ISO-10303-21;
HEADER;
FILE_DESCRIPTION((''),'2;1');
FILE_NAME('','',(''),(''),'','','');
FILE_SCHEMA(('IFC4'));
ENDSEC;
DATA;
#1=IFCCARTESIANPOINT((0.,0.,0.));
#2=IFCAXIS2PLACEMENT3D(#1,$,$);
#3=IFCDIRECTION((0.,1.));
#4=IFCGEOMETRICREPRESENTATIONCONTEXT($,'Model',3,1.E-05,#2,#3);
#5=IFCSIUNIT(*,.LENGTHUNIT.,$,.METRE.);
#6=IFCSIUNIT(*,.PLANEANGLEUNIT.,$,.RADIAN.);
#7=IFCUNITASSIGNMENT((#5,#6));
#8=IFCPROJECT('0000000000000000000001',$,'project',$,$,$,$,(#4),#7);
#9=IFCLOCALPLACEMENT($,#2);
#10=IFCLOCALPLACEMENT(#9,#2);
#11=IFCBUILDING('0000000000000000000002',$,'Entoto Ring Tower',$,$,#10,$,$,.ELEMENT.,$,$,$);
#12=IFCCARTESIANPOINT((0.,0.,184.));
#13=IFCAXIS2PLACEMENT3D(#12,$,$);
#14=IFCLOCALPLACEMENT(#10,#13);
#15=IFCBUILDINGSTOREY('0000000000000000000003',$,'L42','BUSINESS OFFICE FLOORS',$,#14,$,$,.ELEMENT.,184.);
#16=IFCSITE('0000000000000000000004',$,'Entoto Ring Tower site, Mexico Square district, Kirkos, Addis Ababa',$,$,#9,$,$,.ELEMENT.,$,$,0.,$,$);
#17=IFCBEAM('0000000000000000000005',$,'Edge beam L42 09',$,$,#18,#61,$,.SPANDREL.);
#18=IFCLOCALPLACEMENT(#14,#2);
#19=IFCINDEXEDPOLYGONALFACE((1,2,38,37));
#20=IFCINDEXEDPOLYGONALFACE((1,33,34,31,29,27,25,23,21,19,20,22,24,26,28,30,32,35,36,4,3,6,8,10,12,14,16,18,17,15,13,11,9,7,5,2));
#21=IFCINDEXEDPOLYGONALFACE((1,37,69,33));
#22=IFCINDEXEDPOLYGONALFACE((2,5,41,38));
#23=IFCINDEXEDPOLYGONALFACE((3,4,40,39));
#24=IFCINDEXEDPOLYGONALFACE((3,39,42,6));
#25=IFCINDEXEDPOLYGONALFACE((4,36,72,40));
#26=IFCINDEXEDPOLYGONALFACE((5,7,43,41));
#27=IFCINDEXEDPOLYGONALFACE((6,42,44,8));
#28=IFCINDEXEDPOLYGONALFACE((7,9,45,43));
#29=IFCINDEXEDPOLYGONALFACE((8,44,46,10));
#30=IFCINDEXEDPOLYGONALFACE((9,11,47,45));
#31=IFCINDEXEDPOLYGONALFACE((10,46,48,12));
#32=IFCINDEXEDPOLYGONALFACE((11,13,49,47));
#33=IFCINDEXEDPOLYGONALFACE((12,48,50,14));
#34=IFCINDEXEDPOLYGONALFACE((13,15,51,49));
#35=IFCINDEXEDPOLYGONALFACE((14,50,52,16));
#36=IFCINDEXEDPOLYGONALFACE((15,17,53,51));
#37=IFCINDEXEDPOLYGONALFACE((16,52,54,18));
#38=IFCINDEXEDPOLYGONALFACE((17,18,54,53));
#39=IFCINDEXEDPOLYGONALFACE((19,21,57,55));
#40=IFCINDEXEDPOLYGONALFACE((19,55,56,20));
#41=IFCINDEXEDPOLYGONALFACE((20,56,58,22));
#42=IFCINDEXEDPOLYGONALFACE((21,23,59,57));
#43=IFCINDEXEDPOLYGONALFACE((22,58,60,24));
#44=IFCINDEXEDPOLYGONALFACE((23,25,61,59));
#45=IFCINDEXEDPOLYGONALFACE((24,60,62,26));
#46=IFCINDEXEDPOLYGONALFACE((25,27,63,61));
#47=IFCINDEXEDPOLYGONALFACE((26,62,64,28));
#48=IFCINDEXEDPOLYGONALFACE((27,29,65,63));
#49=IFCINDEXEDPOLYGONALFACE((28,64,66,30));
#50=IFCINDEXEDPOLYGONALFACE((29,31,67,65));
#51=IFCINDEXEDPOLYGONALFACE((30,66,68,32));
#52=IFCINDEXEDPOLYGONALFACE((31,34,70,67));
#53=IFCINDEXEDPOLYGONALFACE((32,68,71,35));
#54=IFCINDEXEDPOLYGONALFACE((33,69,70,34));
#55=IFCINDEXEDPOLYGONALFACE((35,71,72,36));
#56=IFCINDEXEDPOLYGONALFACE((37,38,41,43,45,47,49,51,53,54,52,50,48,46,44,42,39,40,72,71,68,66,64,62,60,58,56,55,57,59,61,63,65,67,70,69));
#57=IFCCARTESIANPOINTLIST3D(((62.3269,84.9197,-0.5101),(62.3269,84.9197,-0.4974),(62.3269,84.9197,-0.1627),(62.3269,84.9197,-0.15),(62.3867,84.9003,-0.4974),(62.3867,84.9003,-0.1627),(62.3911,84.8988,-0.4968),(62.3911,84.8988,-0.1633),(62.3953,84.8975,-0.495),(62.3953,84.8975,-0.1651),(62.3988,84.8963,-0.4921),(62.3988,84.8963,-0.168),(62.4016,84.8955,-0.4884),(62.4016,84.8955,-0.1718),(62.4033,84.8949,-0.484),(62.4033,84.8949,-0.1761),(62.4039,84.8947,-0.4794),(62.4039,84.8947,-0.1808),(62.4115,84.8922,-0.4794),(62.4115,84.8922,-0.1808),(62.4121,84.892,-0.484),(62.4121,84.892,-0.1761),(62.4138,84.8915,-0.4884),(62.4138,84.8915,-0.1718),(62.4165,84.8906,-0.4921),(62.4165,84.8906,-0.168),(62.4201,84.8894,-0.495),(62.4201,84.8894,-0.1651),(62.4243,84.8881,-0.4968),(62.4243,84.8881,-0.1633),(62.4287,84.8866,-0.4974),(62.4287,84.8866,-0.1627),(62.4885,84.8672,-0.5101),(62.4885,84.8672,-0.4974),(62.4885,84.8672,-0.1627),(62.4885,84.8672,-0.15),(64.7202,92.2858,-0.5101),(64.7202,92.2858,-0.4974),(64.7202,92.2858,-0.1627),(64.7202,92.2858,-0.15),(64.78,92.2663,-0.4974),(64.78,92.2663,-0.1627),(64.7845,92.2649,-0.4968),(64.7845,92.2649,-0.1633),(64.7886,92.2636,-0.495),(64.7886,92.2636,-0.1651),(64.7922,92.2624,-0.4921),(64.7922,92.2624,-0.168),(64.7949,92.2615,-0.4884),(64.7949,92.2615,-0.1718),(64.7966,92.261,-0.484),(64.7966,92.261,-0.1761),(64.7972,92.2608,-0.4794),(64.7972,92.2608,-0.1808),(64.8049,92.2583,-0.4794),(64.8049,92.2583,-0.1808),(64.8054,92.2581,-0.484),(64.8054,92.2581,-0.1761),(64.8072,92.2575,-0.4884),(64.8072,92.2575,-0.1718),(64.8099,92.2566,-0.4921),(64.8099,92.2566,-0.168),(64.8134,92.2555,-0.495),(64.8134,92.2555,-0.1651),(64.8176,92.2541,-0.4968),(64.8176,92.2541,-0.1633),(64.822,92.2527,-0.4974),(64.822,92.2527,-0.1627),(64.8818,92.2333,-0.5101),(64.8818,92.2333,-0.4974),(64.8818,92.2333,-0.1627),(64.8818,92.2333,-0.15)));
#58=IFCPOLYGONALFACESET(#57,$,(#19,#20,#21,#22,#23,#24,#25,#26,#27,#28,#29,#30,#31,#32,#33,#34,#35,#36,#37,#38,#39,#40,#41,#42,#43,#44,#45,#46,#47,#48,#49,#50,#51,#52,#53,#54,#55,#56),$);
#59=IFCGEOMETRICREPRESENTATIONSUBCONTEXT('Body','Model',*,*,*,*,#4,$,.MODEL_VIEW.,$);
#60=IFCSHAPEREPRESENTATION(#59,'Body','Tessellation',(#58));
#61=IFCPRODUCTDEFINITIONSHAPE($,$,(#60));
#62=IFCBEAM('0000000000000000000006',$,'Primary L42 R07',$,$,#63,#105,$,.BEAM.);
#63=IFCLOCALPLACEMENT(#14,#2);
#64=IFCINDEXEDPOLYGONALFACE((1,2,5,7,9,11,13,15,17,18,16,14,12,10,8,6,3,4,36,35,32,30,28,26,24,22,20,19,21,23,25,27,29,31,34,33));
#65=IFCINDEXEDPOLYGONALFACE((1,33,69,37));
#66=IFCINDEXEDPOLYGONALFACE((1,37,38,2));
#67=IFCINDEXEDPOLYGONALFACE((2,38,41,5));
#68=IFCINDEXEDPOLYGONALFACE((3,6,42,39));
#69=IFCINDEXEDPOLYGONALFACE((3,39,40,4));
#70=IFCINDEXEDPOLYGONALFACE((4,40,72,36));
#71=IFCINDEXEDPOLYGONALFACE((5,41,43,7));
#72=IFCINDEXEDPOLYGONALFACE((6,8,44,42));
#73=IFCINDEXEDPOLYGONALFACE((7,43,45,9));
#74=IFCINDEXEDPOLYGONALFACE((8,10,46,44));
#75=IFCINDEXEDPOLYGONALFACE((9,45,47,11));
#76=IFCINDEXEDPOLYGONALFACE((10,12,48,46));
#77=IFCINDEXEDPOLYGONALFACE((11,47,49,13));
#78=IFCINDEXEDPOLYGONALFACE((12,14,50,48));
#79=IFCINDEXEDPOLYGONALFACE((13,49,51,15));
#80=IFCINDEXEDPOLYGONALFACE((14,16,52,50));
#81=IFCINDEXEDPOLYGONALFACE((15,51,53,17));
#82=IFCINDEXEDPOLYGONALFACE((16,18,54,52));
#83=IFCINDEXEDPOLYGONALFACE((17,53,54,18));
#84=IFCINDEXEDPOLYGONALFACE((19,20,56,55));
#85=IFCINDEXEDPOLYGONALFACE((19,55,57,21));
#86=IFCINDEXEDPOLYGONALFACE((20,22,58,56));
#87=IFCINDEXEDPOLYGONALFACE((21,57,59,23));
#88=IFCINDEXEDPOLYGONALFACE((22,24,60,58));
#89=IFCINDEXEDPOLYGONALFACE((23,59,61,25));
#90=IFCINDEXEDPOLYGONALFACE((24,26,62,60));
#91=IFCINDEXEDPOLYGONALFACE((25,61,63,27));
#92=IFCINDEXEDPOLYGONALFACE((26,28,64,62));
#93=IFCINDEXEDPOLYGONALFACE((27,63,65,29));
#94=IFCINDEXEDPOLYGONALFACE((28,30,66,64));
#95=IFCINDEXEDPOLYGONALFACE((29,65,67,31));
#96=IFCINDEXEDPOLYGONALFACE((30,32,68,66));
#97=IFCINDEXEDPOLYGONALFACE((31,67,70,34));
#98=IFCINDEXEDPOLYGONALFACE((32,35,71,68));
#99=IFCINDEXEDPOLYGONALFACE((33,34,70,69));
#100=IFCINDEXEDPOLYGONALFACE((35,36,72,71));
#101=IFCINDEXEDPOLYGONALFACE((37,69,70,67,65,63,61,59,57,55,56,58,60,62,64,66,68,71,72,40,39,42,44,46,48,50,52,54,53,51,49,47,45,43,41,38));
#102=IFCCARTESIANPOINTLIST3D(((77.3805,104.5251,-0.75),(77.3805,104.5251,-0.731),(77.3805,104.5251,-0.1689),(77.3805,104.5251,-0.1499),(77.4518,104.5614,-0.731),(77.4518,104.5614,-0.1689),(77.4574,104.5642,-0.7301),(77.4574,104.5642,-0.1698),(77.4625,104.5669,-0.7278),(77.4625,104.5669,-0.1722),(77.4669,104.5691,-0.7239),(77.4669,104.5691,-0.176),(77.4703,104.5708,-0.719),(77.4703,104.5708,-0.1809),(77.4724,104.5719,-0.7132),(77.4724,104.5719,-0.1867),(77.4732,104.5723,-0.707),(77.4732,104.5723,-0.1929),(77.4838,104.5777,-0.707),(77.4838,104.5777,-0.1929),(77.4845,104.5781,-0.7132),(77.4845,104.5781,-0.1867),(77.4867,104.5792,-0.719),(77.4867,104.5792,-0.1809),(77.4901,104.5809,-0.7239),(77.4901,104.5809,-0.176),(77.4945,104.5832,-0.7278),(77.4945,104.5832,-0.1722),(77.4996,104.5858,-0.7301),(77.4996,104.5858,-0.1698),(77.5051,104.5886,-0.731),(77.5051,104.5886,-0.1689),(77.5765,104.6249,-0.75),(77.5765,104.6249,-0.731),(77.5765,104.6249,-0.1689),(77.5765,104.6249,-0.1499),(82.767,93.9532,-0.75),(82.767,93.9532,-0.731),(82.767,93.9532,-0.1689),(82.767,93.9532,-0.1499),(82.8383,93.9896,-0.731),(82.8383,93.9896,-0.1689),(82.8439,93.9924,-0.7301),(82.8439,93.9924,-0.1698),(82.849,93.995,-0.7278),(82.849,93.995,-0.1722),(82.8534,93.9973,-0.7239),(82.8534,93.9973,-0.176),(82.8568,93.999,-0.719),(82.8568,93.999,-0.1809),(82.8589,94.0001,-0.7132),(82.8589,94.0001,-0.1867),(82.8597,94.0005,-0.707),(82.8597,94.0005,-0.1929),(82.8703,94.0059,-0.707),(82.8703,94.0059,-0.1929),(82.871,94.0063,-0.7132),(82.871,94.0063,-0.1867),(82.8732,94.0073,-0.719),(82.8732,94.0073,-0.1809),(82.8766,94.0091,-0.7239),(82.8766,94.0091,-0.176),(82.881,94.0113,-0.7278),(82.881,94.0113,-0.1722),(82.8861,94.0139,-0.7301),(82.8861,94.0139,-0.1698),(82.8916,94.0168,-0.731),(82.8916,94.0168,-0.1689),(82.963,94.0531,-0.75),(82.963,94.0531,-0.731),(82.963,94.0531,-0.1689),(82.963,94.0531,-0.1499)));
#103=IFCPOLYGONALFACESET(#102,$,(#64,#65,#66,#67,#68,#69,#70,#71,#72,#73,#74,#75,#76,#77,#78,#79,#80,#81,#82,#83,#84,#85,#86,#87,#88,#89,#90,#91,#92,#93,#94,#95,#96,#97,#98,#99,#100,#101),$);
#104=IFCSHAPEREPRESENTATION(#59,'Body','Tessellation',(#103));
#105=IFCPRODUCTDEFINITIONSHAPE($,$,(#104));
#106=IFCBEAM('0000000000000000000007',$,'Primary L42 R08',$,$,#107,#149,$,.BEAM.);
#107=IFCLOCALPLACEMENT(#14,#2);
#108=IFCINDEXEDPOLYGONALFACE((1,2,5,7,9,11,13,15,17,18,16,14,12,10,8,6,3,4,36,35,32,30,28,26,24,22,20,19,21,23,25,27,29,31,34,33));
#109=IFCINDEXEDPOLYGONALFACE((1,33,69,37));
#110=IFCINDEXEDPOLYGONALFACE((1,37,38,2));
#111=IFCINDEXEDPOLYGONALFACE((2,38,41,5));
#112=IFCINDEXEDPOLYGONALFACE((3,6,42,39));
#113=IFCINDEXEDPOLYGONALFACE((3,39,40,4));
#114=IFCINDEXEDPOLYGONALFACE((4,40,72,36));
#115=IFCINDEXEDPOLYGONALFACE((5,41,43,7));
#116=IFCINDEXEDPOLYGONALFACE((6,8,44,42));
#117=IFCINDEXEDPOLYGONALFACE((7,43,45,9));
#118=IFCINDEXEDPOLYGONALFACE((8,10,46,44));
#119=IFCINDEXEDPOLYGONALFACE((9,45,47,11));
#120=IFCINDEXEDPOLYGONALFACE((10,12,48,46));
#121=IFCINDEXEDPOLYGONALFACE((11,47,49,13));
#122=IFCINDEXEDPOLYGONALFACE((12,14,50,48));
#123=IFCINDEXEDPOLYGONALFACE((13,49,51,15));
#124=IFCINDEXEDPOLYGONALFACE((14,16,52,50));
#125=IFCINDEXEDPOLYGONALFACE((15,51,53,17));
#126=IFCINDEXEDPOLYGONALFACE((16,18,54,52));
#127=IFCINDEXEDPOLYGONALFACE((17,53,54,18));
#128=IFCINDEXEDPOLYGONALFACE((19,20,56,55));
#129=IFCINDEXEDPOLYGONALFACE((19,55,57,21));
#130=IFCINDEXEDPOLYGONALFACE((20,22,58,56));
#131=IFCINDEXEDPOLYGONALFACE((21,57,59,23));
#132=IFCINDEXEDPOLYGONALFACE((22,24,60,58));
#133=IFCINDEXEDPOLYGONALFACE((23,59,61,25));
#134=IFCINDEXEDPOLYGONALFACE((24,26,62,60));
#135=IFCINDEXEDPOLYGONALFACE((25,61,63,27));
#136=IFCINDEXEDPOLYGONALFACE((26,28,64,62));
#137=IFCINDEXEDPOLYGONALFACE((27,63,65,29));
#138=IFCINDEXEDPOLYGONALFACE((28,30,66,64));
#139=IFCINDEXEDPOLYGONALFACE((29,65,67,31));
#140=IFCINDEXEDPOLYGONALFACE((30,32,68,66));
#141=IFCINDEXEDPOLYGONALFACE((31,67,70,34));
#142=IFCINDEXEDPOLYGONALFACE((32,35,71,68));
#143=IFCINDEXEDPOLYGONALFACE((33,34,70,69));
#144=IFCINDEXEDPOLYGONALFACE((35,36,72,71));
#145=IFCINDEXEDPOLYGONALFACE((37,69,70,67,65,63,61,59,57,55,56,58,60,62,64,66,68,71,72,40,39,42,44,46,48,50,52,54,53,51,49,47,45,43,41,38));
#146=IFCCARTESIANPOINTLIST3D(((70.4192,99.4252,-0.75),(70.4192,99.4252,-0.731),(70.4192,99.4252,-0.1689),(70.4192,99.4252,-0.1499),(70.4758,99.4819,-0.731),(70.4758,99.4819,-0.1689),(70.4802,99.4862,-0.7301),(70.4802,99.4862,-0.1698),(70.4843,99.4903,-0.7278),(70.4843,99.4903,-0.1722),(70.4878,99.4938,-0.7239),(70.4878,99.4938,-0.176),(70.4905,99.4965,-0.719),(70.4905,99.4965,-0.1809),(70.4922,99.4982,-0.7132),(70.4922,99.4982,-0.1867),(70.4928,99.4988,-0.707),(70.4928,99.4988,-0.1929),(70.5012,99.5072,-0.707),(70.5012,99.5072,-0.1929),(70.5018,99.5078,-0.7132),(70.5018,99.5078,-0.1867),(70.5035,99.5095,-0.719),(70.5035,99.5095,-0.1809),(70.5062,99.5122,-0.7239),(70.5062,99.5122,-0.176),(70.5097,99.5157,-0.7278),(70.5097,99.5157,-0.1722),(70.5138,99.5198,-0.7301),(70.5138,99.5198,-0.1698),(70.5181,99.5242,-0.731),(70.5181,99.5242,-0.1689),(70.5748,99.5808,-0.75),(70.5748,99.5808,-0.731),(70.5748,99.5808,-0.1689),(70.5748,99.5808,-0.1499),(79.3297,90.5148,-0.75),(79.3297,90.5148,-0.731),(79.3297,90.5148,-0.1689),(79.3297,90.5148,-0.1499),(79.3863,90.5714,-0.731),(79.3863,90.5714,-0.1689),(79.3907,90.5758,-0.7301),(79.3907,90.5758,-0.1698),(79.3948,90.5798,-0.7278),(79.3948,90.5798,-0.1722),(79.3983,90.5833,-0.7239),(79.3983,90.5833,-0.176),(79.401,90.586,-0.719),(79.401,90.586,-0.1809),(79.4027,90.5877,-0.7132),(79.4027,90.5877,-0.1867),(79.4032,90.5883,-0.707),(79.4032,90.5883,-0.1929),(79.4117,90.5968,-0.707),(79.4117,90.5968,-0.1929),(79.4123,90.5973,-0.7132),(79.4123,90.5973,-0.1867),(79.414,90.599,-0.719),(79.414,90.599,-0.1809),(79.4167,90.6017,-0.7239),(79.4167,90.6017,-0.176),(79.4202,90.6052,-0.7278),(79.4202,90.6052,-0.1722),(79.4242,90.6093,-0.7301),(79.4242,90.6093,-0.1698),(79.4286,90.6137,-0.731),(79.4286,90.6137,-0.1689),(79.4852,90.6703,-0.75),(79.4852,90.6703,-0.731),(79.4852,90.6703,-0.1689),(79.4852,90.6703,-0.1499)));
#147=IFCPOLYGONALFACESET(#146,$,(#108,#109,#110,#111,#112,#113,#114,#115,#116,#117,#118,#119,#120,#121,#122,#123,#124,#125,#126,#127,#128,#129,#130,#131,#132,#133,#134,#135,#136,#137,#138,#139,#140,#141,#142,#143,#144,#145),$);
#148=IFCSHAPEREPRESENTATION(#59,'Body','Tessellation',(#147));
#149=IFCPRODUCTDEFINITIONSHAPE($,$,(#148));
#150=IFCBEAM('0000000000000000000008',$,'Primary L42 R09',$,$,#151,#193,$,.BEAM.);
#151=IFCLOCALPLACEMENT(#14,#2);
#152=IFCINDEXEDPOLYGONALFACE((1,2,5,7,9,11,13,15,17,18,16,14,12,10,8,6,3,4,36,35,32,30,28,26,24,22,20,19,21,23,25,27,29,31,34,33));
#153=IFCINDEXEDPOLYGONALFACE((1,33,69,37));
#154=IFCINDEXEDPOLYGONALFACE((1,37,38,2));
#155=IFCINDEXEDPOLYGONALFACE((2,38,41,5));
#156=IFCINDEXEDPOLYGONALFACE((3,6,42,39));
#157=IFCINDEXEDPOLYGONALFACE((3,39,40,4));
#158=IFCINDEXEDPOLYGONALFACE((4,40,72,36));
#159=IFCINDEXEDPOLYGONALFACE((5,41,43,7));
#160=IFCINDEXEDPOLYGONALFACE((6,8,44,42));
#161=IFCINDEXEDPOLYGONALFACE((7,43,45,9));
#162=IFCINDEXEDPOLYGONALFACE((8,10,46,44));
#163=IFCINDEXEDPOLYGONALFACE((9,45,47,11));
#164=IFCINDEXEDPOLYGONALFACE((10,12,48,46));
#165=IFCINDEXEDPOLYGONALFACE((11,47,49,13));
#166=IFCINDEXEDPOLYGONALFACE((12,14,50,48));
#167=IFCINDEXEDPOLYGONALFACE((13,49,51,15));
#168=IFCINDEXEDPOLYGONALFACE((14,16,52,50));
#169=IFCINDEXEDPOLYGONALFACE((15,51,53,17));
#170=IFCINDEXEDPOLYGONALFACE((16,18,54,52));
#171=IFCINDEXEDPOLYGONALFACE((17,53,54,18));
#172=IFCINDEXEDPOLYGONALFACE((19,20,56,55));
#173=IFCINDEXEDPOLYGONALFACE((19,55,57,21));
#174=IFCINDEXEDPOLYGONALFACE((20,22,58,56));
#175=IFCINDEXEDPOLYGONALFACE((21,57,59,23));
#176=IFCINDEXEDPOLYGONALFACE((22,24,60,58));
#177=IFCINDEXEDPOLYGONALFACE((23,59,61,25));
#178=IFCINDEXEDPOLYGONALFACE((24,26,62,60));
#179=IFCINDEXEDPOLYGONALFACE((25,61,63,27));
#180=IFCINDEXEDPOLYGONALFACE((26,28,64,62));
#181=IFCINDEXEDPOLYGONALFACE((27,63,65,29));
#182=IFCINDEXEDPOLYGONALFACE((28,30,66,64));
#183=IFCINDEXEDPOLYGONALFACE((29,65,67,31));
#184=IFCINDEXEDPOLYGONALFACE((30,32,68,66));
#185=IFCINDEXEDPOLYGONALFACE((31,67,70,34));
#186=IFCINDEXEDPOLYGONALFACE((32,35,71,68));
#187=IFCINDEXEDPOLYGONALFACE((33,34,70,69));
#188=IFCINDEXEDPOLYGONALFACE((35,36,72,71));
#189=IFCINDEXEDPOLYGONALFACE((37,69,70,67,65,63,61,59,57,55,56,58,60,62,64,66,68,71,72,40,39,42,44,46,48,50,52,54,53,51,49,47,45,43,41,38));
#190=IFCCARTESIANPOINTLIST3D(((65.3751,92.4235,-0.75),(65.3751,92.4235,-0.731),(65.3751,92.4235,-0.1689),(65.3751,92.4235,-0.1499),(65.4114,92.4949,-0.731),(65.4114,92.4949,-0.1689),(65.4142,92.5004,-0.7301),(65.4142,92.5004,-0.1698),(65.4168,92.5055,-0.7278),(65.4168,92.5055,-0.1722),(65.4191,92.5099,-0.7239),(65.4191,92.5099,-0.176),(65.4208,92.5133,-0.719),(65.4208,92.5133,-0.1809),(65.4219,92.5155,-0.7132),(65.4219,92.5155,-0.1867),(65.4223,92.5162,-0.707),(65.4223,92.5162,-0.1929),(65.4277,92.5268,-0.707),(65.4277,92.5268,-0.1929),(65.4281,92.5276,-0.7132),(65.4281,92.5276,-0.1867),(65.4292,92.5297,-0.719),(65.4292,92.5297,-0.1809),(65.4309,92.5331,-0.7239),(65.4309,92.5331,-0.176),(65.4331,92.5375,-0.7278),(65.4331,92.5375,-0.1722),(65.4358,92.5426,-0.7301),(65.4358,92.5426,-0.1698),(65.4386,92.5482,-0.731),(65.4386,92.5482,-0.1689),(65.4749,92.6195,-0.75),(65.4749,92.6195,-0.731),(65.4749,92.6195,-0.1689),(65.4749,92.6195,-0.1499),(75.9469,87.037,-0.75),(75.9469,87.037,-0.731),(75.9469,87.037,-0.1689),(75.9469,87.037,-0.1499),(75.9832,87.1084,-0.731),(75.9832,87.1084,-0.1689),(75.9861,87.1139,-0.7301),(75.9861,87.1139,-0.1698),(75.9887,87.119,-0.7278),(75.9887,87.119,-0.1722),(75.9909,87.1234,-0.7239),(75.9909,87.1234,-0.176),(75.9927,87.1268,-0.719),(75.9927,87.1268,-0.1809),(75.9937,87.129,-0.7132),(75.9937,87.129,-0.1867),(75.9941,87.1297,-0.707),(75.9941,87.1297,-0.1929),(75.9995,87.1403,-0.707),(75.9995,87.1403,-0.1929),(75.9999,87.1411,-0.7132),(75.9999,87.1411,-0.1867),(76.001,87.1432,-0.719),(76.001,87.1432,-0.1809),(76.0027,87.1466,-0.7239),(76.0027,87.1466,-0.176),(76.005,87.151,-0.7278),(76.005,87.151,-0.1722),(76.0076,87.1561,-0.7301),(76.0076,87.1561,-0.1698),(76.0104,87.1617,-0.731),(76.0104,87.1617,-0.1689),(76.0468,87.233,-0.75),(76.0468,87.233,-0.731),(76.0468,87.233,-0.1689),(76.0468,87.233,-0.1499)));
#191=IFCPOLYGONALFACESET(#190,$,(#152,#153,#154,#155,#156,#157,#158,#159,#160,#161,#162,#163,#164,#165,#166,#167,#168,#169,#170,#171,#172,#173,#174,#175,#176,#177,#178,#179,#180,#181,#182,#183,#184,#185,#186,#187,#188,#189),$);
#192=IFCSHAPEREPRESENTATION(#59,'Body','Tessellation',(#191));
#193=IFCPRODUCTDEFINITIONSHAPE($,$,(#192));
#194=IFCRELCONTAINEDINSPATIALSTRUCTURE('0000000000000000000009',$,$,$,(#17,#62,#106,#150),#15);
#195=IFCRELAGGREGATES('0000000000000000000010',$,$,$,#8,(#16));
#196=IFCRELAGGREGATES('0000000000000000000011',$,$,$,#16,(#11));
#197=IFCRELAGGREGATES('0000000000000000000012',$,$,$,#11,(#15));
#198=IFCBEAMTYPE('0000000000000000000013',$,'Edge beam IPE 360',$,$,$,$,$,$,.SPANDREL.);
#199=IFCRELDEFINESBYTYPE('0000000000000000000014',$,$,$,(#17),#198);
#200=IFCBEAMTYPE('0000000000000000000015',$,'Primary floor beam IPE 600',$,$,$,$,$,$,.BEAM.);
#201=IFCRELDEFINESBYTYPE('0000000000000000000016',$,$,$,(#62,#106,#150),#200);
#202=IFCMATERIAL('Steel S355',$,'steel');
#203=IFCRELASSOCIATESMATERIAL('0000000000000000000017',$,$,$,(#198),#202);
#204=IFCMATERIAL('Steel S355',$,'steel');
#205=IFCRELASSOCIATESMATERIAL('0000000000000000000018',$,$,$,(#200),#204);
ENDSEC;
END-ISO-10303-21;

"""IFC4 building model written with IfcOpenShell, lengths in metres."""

from ifc_helpers import new_model, si_unit, direction, frame, origin, origin_2d, place, context, subcontext, project, spatial, i_section, extrude, material, material_profile, profile_set, type_object, element, save


model = new_model("IFC4")

# Units and contexts
model_context = context("Model", 3, precision=1e-05, world=origin(), true_north=direction((0.0, 1.0)))
body_context = subcontext(model_context, "Body", "Model", "MODEL_VIEW")
ifc_project = project(units=[si_unit("LENGTHUNIT", "METRE"), si_unit("PLANEANGLEUNIT", "RADIAN")], contexts=[model_context])

# Site, building, storey
site_placement = place(None, origin())
site = spatial("IfcSite", under=ifc_project, at=site_placement, Name="Entoto Ring Tower site, Mexico Square district, Kirkos, Addis Ababa", CompositionType="ELEMENT", RefElevation=0.0)
building_placement = place(site_placement, origin())
building = spatial("IfcBuilding", under=site, at=building_placement, Name="Entoto Ring Tower", CompositionType="ELEMENT")
storey_placement = place(building_placement, frame((0.0, 0.0, 184.0)))
storey = spatial("IfcBuildingStorey", under=building, at=storey_placement, Name="L42", Description="BUSINESS OFFICE FLOORS", CompositionType="ELEMENT", Elevation=184.0)

# Beams
ifc_material_1 = material(Name="Steel S355", Category="steel")
ifc_material_profile_1 = material_profile(ifc_material_1, i_section(OverallWidth=0.1699, OverallDepth=0.3601, WebThickness=0.0081, FlangeThickness=0.0127, FilletRadius=0.0181, at=origin_2d()), Name="IPE 360")
ifc_profile_set_1 = profile_set([ifc_material_profile_1], Name="Steel S355")
beam_type_1 = type_object("IfcBeamType", Name="Edge beam IPE 360", PredefinedType="SPANDREL", material=ifc_profile_set_1)
for number, where, z_axis, x_axis, name in (
    (1, (64.801, 92.2595, -0.3301), (-0.309013, -0.951058, 0.0), (0.951058, -0.309013, 0.0), "Edge beam L42 09"),
):
    element("IfcBeam", number, at=place(storey_placement, frame(where, z_axis=z_axis, x_axis=x_axis)), inside=storey, type_object=beam_type_1, Name=name, PredefinedType="SPANDREL", context=body_context, shape_type="SweptSolid", body=[
        extrude(i_section(OverallWidth=0.1699, OverallDepth=0.3601, WebThickness=0.0081, FlangeThickness=0.0127, FilletRadius=0.0181, at=origin_2d()), origin(), (0.0, 0.0, 1.0), 7.7451),
    ])
ifc_material_2 = material(Name="Steel S355", Category="steel")
ifc_material_profile_2 = material_profile(ifc_material_2, i_section(OverallWidth=0.22, OverallDepth=0.6001, WebThickness=0.012, FlangeThickness=0.019, FilletRadius=0.0239, at=origin_2d()), Name="IPE 600")
ifc_profile_set_2 = profile_set([ifc_material_profile_2], Name="Steel S355")
beam_type_2 = type_object("IfcBeamType", Name="Primary floor beam IPE 600", PredefinedType="BEAM", material=ifc_profile_set_2)
beam_1_placement = place(storey_placement, frame((82.865, 94.0032, -0.45), z_axis=(-0.453983, 0.89101, 0.0), x_axis=(-0.89101, -0.453983, 0.0)))
element("IfcBeam", 2, at=beam_1_placement, inside=storey, type_object=beam_type_2, Name="Primary L42 R07", PredefinedType="BEAM", context=body_context, shape_type="SweptSolid", body=[
    extrude(i_section(OverallWidth=0.22, OverallDepth=0.6001, WebThickness=0.012, FlangeThickness=0.019, FilletRadius=0.0239, at=origin_2d()), origin(), (0.0, 0.0, 1.0), 11.865),
])
beam_2_placement = place(storey_placement, frame((79.4075, 90.5925, -0.45), z_axis=(-0.707107, 0.707107, 0.0), x_axis=(-0.707107, -0.707107, 0.0)))
element("IfcBeam", 3, at=beam_2_placement, inside=storey, type_object=beam_type_2, Name="Primary L42 R08", PredefinedType="BEAM", context=body_context, shape_type="SweptSolid", body=[
    extrude(i_section(OverallWidth=0.22, OverallDepth=0.6001, WebThickness=0.012, FlangeThickness=0.019, FilletRadius=0.0239, at=origin_2d()), origin(), (0.0, 0.0, 1.0), 12.6013),
])
beam_3_placement = place(storey_placement, frame((75.9968, 87.135, -0.45), z_axis=(-0.89101, 0.453983, 0.0), x_axis=(-0.453983, -0.89101, 0.0)))
element("IfcBeam", 4, at=beam_3_placement, inside=storey, type_object=beam_type_2, Name="Primary L42 R09", PredefinedType="BEAM", context=body_context, shape_type="SweptSolid", body=[
    extrude(i_section(OverallWidth=0.22, OverallDepth=0.6001, WebThickness=0.012, FlangeThickness=0.019, FilletRadius=0.0239, at=origin_2d()), origin(), (0.0, 0.0, 1.0), 11.865),
])

save(model, "model.ifc")
